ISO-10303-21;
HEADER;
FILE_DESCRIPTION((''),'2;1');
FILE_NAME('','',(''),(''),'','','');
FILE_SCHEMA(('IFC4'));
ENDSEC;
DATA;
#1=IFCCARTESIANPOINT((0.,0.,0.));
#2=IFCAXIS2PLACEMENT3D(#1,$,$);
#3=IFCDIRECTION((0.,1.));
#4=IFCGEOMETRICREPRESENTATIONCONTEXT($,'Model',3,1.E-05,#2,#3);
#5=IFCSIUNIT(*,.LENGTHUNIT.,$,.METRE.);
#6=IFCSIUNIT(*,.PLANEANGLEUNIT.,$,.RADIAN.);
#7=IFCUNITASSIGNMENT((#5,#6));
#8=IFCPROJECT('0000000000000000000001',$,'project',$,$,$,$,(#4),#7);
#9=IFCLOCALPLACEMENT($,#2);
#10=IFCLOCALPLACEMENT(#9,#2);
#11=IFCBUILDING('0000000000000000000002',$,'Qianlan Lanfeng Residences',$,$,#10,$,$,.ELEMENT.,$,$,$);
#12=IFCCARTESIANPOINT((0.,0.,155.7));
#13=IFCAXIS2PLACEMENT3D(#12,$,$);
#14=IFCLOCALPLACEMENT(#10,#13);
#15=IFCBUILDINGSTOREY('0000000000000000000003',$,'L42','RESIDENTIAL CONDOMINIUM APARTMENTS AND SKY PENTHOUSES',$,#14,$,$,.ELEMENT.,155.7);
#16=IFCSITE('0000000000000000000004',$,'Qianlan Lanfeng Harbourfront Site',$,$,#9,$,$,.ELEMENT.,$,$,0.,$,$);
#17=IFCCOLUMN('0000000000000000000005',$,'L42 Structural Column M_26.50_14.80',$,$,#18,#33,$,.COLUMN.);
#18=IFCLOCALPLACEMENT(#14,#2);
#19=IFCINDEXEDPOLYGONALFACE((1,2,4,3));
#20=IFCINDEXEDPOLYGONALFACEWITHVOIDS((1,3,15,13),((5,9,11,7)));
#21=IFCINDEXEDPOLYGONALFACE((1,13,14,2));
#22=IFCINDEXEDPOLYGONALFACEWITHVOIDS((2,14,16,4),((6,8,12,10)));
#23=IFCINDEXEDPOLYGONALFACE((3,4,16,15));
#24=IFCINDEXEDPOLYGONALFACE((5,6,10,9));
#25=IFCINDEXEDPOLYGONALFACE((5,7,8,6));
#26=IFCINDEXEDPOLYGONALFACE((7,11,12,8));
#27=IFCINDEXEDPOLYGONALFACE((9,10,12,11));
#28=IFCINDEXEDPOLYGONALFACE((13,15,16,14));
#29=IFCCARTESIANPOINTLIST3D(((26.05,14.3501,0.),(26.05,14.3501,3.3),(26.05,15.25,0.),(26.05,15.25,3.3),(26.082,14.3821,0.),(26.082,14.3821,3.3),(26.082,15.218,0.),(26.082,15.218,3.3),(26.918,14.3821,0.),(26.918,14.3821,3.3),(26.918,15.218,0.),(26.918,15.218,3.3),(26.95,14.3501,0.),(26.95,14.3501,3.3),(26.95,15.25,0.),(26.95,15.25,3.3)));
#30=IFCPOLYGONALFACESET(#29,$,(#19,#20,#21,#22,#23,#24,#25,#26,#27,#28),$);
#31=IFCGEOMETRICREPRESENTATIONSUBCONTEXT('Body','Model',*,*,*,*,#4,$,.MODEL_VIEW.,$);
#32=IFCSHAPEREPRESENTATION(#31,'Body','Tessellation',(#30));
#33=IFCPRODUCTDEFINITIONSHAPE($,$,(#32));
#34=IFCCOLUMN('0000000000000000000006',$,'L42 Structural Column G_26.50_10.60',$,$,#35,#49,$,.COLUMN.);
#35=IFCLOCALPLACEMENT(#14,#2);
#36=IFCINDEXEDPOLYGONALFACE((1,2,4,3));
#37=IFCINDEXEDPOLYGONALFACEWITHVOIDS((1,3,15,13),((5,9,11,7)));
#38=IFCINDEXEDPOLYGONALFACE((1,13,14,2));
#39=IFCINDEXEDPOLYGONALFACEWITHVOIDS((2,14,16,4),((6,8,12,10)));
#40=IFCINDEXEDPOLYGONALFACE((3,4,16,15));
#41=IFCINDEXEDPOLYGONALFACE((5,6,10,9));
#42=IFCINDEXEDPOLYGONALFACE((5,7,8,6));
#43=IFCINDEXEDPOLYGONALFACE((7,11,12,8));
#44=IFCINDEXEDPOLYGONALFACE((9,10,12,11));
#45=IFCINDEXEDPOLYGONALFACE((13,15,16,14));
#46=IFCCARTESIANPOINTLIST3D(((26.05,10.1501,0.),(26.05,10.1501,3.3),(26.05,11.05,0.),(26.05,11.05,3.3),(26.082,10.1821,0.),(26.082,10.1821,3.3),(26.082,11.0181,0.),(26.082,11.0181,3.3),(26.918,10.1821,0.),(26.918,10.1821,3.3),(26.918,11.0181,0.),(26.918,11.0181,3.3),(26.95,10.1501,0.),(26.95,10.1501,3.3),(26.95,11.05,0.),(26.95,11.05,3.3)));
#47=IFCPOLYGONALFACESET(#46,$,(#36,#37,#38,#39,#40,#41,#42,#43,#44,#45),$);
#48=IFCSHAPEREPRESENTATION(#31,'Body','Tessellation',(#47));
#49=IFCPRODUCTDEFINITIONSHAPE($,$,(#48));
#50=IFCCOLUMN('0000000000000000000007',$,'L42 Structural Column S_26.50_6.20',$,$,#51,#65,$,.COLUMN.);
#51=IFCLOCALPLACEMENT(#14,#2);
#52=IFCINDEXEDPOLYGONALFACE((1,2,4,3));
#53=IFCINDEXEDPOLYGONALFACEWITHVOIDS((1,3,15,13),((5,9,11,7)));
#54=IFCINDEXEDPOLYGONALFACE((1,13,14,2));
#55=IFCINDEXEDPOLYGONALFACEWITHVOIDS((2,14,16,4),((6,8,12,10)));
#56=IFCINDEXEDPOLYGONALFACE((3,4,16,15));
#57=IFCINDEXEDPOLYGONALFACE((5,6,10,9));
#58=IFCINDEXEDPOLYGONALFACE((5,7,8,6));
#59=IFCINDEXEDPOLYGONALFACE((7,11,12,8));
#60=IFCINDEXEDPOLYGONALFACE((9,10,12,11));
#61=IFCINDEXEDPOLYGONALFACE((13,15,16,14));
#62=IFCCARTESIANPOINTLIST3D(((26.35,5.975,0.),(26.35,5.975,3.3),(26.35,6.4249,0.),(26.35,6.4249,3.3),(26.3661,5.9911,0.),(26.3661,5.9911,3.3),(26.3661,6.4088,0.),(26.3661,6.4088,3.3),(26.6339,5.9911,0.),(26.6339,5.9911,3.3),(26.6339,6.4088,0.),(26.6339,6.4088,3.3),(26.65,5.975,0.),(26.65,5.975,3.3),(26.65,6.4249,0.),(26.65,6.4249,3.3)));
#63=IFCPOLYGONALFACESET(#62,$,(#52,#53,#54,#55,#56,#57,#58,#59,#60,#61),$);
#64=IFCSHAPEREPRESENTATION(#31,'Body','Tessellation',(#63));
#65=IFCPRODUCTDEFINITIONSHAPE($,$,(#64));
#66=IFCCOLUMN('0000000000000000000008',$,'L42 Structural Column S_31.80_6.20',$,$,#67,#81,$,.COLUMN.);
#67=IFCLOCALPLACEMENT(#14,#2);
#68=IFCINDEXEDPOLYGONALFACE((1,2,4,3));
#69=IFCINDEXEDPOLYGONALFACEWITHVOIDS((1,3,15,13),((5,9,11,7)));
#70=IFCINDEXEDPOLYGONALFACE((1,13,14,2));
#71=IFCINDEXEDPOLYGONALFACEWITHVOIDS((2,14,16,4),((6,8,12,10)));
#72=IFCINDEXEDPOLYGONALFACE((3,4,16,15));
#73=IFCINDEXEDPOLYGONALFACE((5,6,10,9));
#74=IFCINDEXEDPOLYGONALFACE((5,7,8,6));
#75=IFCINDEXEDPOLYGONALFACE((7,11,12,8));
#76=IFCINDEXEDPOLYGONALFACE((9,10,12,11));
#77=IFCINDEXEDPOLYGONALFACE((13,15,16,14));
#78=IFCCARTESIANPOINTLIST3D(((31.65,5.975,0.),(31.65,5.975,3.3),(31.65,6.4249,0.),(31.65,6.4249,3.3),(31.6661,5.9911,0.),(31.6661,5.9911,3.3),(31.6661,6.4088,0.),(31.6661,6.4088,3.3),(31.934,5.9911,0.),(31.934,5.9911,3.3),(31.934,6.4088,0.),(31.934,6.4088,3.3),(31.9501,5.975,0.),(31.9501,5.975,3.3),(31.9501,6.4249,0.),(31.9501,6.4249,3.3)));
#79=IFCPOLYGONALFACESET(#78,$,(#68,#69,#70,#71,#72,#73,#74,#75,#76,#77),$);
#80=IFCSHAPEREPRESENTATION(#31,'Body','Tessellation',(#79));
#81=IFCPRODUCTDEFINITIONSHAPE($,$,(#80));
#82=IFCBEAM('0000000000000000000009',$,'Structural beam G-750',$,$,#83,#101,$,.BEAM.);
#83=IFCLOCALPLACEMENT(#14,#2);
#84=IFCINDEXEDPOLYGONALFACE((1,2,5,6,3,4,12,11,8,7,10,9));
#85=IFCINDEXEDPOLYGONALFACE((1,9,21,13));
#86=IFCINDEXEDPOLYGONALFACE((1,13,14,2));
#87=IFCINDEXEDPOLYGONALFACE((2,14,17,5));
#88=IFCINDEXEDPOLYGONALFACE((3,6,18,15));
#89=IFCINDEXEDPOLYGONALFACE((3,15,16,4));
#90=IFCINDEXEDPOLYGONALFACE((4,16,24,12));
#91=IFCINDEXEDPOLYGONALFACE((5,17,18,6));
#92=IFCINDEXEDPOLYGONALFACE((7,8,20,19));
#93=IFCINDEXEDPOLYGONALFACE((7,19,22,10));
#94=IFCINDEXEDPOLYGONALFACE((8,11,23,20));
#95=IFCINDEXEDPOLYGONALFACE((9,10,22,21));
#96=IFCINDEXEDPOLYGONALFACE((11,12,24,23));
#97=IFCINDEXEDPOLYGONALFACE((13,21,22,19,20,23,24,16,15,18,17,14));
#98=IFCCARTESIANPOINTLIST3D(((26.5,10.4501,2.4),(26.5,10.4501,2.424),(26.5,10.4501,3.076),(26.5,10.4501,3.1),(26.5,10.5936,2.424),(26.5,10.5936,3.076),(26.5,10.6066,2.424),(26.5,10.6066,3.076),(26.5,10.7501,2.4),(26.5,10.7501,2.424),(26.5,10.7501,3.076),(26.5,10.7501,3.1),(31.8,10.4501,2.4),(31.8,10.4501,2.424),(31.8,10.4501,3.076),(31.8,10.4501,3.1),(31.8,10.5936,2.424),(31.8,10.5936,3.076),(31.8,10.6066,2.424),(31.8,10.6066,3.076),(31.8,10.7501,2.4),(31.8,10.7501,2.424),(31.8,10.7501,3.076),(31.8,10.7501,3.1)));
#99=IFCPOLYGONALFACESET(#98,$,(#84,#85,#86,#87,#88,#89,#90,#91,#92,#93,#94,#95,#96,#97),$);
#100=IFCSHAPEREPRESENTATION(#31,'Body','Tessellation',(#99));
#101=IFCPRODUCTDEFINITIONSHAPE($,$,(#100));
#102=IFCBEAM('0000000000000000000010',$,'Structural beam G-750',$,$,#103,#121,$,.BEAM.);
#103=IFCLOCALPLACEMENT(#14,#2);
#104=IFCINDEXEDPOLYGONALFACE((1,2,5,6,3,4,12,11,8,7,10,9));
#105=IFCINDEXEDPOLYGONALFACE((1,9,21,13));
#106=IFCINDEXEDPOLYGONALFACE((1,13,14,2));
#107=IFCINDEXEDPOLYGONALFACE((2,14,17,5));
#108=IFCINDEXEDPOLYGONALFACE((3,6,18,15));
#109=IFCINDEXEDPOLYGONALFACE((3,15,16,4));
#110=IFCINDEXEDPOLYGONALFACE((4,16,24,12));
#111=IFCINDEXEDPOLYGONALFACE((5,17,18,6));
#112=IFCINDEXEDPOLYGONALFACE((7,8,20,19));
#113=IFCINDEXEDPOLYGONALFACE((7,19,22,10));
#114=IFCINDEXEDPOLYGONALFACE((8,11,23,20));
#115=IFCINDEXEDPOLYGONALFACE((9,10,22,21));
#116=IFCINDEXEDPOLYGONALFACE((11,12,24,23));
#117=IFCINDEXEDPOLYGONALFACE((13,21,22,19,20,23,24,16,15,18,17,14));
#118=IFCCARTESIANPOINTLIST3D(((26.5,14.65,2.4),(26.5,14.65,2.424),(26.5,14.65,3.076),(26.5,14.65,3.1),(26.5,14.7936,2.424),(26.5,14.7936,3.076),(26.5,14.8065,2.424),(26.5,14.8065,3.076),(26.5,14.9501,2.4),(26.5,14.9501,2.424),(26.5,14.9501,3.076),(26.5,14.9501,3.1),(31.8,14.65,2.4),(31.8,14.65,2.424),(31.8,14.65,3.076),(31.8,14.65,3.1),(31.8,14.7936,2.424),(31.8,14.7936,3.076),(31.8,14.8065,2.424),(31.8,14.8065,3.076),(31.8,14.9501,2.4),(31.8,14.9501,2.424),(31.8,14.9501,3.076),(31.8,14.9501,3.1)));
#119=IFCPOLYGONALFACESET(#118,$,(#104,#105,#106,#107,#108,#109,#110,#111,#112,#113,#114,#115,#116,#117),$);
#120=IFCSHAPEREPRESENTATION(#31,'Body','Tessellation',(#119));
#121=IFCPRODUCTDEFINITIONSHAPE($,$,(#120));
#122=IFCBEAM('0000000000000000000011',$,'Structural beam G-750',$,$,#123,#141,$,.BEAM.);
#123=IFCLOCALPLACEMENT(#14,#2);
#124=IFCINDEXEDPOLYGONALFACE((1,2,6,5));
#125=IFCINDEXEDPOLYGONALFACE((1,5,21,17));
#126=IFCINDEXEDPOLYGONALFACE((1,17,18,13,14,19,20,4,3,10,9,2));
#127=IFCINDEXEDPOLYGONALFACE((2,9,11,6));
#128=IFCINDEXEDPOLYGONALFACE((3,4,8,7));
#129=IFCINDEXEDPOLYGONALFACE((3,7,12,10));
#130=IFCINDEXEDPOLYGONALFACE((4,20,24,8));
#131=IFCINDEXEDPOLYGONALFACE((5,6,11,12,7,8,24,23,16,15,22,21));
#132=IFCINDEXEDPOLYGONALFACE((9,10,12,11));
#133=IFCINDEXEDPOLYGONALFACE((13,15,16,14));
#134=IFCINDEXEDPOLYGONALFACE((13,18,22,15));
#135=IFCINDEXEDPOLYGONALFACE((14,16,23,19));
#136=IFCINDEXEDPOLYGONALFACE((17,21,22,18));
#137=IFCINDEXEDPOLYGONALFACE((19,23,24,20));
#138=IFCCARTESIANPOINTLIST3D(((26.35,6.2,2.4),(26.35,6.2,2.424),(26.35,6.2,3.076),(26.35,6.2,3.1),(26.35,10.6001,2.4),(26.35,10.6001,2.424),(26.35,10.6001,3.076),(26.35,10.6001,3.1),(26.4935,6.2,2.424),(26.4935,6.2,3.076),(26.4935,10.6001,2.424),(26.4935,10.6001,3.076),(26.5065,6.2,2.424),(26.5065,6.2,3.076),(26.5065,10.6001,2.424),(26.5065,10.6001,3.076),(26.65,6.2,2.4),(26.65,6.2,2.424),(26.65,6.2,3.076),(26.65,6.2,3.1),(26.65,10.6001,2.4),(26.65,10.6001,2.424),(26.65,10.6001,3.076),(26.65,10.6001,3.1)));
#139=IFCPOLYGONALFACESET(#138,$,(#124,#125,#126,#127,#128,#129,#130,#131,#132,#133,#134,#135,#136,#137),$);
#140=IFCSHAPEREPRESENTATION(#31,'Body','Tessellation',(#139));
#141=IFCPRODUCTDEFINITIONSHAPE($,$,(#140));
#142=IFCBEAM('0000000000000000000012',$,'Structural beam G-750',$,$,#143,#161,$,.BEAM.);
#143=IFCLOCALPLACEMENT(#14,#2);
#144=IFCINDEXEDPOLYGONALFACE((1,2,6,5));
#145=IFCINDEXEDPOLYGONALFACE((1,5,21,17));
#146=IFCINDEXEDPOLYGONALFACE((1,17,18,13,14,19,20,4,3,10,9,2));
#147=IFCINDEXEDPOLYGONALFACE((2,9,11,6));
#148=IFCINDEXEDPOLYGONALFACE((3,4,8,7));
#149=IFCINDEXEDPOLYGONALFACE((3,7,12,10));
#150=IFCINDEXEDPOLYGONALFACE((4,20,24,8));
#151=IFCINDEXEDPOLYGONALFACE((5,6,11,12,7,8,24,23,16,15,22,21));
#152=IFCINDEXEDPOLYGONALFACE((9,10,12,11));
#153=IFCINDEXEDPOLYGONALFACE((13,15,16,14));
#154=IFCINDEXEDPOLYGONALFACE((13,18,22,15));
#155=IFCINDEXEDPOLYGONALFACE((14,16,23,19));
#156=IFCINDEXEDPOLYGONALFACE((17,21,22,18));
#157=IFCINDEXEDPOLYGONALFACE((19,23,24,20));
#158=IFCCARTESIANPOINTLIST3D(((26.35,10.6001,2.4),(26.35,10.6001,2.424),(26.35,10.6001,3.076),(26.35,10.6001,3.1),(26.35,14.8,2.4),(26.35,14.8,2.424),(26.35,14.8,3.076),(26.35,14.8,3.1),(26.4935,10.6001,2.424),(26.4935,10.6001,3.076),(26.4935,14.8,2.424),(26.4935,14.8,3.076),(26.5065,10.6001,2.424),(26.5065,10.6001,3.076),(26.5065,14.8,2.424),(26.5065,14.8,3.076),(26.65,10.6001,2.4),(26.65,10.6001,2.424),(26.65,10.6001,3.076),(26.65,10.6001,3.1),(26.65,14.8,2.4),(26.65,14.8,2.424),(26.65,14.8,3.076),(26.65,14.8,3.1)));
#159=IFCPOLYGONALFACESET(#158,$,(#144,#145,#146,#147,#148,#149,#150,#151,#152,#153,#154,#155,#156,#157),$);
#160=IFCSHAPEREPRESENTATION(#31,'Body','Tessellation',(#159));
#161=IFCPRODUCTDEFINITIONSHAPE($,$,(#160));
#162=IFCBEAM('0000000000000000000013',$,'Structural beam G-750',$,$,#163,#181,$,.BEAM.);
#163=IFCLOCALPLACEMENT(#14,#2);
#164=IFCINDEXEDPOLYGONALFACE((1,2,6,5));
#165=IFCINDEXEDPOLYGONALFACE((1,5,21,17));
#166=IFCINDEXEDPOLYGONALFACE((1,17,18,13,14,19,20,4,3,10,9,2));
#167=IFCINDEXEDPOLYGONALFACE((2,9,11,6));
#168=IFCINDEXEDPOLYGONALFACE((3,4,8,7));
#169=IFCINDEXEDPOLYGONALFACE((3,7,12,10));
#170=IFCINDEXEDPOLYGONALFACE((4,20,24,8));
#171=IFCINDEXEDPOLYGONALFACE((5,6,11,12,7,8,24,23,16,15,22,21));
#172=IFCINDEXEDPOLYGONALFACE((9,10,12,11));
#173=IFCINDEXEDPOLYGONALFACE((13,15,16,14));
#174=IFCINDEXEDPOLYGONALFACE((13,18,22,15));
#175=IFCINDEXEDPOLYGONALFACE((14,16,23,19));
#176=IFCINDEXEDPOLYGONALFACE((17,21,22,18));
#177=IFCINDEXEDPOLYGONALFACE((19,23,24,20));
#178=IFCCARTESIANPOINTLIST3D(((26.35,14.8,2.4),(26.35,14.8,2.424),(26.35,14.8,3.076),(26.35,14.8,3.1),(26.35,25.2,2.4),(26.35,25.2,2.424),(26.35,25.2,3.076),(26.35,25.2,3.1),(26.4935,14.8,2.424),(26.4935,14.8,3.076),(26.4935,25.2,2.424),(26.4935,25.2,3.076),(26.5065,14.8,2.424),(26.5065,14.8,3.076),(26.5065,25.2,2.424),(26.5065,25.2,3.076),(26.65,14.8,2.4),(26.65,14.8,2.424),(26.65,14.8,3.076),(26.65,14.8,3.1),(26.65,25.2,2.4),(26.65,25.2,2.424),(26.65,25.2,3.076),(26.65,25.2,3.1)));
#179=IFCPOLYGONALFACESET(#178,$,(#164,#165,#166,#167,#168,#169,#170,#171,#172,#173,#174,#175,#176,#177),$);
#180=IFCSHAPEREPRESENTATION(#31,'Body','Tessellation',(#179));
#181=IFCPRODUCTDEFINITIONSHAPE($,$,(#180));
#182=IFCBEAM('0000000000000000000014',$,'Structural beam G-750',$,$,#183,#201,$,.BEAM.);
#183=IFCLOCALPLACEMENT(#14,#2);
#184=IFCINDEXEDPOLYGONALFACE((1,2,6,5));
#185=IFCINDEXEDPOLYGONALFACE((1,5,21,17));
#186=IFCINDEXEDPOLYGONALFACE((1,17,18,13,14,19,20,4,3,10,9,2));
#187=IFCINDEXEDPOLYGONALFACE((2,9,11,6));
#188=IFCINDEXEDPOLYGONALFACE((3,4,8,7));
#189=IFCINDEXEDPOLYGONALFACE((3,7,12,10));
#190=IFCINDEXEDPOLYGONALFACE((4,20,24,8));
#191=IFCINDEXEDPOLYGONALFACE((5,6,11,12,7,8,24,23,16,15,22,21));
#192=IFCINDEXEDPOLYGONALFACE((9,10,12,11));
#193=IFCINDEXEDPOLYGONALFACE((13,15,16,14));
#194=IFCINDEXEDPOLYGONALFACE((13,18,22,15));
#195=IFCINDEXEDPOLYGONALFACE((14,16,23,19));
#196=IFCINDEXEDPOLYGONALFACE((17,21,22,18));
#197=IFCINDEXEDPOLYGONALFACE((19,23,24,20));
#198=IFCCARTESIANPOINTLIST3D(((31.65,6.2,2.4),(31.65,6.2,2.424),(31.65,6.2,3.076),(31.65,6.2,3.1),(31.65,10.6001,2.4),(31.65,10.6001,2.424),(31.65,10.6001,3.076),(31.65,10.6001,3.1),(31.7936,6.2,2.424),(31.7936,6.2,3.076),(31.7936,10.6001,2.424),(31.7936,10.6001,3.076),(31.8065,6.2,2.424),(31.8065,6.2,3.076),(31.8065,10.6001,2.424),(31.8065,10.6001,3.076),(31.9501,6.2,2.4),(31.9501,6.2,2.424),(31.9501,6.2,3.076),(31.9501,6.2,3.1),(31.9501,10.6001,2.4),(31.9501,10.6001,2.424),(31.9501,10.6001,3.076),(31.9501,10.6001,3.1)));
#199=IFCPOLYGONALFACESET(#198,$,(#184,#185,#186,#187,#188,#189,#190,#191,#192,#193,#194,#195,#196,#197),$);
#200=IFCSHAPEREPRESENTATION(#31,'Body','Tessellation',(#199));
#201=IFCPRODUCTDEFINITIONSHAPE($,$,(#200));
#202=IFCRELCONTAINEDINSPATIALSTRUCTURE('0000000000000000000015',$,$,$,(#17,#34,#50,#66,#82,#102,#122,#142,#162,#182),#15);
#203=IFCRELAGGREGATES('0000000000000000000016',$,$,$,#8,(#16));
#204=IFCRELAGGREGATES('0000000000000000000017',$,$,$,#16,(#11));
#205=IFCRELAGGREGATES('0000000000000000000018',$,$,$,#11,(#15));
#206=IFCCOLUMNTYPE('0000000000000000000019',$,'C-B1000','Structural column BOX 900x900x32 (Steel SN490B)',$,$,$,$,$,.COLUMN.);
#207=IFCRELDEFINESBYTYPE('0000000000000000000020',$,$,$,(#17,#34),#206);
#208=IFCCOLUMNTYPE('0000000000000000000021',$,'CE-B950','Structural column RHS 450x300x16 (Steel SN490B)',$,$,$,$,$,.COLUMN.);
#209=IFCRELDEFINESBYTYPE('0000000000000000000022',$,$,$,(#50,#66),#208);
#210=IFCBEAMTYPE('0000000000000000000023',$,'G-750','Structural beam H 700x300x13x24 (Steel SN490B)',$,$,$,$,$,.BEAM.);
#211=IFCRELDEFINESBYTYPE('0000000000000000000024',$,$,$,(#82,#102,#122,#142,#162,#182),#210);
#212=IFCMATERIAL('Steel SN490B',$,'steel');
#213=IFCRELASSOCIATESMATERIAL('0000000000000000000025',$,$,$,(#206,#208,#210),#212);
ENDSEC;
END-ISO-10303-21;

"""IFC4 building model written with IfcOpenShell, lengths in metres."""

from ifc_helpers import new_model, si_unit, direction, frame, origin, origin_2d, place, context, subcontext, project, spatial, hollow_rectangle, i_section, extrude, material, material_profile, profile_set, type_object, element, save


model = new_model("IFC4")

# Units and contexts
model_context = context("Model", 3, precision=1e-05, world=origin(), true_north=direction((0.0, 1.0)))
body_context = subcontext(model_context, "Body", "Model", "MODEL_VIEW")
ifc_project = project(units=[si_unit("LENGTHUNIT", "METRE"), si_unit("PLANEANGLEUNIT", "RADIAN")], contexts=[model_context])

# Site, building, storey
site_placement = place(None, origin())
site = spatial("IfcSite", under=ifc_project, at=site_placement, Name="Qianlan Lanfeng Harbourfront Site", CompositionType="ELEMENT", RefElevation=0.0)
building_placement = place(site_placement, origin())
building = spatial("IfcBuilding", under=site, at=building_placement, Name="Qianlan Lanfeng Residences", CompositionType="ELEMENT")
storey_placement = place(building_placement, frame((0.0, 0.0, 155.7)))
storey = spatial("IfcBuildingStorey", under=building, at=storey_placement, Name="L42", Description="RESIDENTIAL CONDOMINIUM APARTMENTS AND SKY PENTHOUSES", CompositionType="ELEMENT", Elevation=155.7)

# Columns
ifc_material_1 = material(Name="Steel SN490B", Category="steel")
ifc_material_profile_1 = material_profile(ifc_material_1, hollow_rectangle(XDim=0.8999, YDim=0.8999, WallThickness=0.032, at=origin_2d()), Name="BOX 900x900x32")
ifc_profile_set_1 = profile_set([ifc_material_profile_1], Name="Steel SN490B")
column_type_1 = type_object("IfcColumnType", Name="C-B1000", Description="Structural column BOX 900x900x32 (Steel SN490B)", PredefinedType="COLUMN", material=ifc_profile_set_1)
for number, where, z_axis, x_axis, name in (
    (1, (26.5, 14.8, 0.0), (0.0, 0.0, 1.0), (1.0, 0.0, 0.0), "L42 Structural Column M_26.50_14.80"),
    (2, (26.5, 10.6001, 0.0), (0.0, 0.0, 1.0), (1.0, 0.0, 0.0), "L42 Structural Column G_26.50_10.60"),
):
    element("IfcColumn", number, at=place(storey_placement, frame(where, z_axis=z_axis, x_axis=x_axis)), inside=storey, type_object=column_type_1, Name=name, PredefinedType="COLUMN", context=body_context, shape_type="SweptSolid", body=[
        extrude(hollow_rectangle(XDim=0.8999, YDim=0.8999, WallThickness=0.032, at=origin_2d()), origin(), (0.0, 0.0, 1.0), 3.3),
    ])
ifc_material_profile_2 = material_profile(ifc_material_1, hollow_rectangle(XDim=0.3, YDim=0.45, WallThickness=0.0161, at=origin_2d()), Name="RHS 450x300x16")
ifc_profile_set_2 = profile_set([ifc_material_profile_2], Name="Steel SN490B")
column_type_2 = type_object("IfcColumnType", Name="CE-B950", Description="Structural column RHS 450x300x16 (Steel SN490B)", PredefinedType="COLUMN", material=ifc_profile_set_2)
for number, where, z_axis, x_axis, name in (
    (3, (26.5, 6.2, 0.0), (0.0, 0.0, 1.0), (1.0, 0.0, 0.0), "L42 Structural Column S_26.50_6.20"),
    (4, (31.8, 6.2, 0.0), (0.0, 0.0, 1.0), (1.0, 0.0, 0.0), "L42 Structural Column S_31.80_6.20"),
):
    element("IfcColumn", number, at=place(storey_placement, frame(where, z_axis=z_axis, x_axis=x_axis)), inside=storey, type_object=column_type_2, Name=name, PredefinedType="COLUMN", context=body_context, shape_type="SweptSolid", body=[
        extrude(hollow_rectangle(XDim=0.3, YDim=0.45, WallThickness=0.0161, at=origin_2d()), origin(), (0.0, 0.0, 1.0), 3.3),
    ])

# Beams
ifc_material_profile_3 = material_profile(ifc_material_1, i_section(OverallWidth=0.3, OverallDepth=0.7, WebThickness=0.0129, FlangeThickness=0.0239, at=origin_2d()), Name="H 700x300x13x24")
ifc_profile_set_3 = profile_set([ifc_material_profile_3], Name="Steel SN490B")
beam_type_1 = type_object("IfcBeamType", Name="G-750", Description="Structural beam H 700x300x13x24 (Steel SN490B)", PredefinedType="BEAM", material=ifc_profile_set_3)
for number, where, z_axis, x_axis, name in (
    (5, (26.5, 10.6001, 2.75), (1.0, 0.0, 0.0), (0.0, 1.0, 0.0), "Structural beam G-750"),
    (6, (26.5, 14.8, 2.75), (1.0, 0.0, 0.0), (0.0, 1.0, 0.0), "Structural beam G-750"),
):
    element("IfcBeam", number, at=place(storey_placement, frame(where, z_axis=z_axis, x_axis=x_axis)), inside=storey, type_object=beam_type_1, Name=name, PredefinedType="BEAM", context=body_context, shape_type="SweptSolid", body=[
        extrude(i_section(OverallWidth=0.3, OverallDepth=0.7, WebThickness=0.0129, FlangeThickness=0.0239, at=origin_2d()), origin(), (0.0, 0.0, 1.0), 5.3),
    ])
beam_1_placement = place(storey_placement, frame((26.5, 6.2, 2.75), z_axis=(0.0, 1.0, 0.0), x_axis=(-1.0, 0.0, 0.0)))
element("IfcBeam", 7, at=beam_1_placement, inside=storey, type_object=beam_type_1, Name="Structural beam G-750", PredefinedType="BEAM", context=body_context, shape_type="SweptSolid", body=[
    extrude(i_section(OverallWidth=0.3, OverallDepth=0.7, WebThickness=0.0129, FlangeThickness=0.0239, at=origin_2d()), origin(), (0.0, 0.0, 1.0), 4.4001),
])
beam_2_placement = place(storey_placement, frame((26.5, 10.6001, 2.75), z_axis=(0.0, 1.0, 0.0), x_axis=(-1.0, 0.0, 0.0)))
element("IfcBeam", 8, at=beam_2_placement, inside=storey, type_object=beam_type_1, Name="Structural beam G-750", PredefinedType="BEAM", context=body_context, shape_type="SweptSolid", body=[
    extrude(i_section(OverallWidth=0.3, OverallDepth=0.7, WebThickness=0.0129, FlangeThickness=0.0239, at=origin_2d()), origin(), (0.0, 0.0, 1.0), 4.2),
])
beam_3_placement = place(storey_placement, frame((26.5, 14.8, 2.75), z_axis=(0.0, 1.0, 0.0), x_axis=(-1.0, 0.0, 0.0)))
element("IfcBeam", 9, at=beam_3_placement, inside=storey, type_object=beam_type_1, Name="Structural beam G-750", PredefinedType="BEAM", context=body_context, shape_type="SweptSolid", body=[
    extrude(i_section(OverallWidth=0.3, OverallDepth=0.7, WebThickness=0.0129, FlangeThickness=0.0239, at=origin_2d()), origin(), (0.0, 0.0, 1.0), 10.3999),
])
beam_4_placement = place(storey_placement, frame((31.8, 6.2, 2.75), z_axis=(0.0, 1.0, 0.0), x_axis=(-1.0, 0.0, 0.0)))
element("IfcBeam", 10, at=beam_4_placement, inside=storey, type_object=beam_type_1, Name="Structural beam G-750", PredefinedType="BEAM", context=body_context, shape_type="SweptSolid", body=[
    extrude(i_section(OverallWidth=0.3, OverallDepth=0.7, WebThickness=0.0129, FlangeThickness=0.0239, at=origin_2d()), origin(), (0.0, 0.0, 1.0), 4.4001),
])

save(model, "model.ifc")
